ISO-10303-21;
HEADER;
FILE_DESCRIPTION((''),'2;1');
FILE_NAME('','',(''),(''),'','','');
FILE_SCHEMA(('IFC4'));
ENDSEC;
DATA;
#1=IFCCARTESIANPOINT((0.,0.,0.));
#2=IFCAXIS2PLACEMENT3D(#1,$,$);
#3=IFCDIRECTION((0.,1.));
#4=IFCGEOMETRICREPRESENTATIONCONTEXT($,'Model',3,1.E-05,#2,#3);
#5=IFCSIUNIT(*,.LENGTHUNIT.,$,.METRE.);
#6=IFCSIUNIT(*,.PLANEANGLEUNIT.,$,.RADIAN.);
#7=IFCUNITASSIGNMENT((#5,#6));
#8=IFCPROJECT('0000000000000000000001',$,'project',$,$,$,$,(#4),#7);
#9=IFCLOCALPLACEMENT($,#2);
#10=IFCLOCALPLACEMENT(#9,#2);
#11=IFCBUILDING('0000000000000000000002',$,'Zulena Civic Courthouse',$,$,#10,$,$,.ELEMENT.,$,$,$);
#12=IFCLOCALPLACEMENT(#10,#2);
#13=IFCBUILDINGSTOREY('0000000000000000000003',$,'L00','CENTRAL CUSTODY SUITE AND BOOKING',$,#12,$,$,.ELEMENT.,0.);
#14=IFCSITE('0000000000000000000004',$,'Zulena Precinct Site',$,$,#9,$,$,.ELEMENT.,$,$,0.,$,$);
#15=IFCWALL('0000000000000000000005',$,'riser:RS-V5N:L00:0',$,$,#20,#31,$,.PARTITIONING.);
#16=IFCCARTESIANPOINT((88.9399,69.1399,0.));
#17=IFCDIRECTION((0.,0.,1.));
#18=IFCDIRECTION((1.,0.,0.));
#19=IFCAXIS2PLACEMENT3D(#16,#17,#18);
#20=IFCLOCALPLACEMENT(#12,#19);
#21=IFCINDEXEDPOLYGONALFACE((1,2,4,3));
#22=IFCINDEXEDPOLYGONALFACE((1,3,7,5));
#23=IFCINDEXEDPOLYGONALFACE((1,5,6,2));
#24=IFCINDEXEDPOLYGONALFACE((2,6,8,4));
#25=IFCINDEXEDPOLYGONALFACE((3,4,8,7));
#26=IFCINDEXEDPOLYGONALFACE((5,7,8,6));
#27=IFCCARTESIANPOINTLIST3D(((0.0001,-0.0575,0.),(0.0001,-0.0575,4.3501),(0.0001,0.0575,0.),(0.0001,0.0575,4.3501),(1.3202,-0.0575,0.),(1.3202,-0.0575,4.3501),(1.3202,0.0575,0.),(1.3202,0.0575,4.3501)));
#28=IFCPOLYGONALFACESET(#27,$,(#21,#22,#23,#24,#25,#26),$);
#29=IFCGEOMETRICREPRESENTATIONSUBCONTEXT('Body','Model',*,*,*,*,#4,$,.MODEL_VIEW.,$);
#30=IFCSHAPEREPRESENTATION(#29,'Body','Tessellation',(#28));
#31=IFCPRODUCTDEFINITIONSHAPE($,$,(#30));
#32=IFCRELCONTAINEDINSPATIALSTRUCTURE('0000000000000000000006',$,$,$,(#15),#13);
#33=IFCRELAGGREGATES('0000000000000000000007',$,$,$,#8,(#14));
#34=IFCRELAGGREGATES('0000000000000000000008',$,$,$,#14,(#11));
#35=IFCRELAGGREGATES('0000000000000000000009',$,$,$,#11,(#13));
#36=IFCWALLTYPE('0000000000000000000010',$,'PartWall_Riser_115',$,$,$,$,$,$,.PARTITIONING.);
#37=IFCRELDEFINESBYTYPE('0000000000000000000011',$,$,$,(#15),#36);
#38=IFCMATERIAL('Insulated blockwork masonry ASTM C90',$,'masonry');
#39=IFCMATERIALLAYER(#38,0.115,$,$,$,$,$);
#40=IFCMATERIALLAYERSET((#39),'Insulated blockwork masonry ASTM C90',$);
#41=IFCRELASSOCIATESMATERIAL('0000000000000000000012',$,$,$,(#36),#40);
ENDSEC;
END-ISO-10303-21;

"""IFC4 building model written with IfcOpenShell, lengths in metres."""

from ifc_helpers import new_model, si_unit, direction, frame, frame_2d, origin, place, context, subcontext, project, spatial, rectangle, extrude, material, layer, layer_set, type_object, element, save


model = new_model("IFC4")

# Units and contexts
model_context = context("Model", 3, precision=1e-05, world=origin(), true_north=direction((0.0, 1.0)))
body_context = subcontext(model_context, "Body", "Model", "MODEL_VIEW")
ifc_project = project(units=[si_unit("LENGTHUNIT", "METRE"), si_unit("PLANEANGLEUNIT", "RADIAN")], contexts=[model_context])

# Site, building, storey
site_placement = place(None, origin())
site = spatial("IfcSite", under=ifc_project, at=site_placement, Name="Zulena Precinct Site", CompositionType="ELEMENT", RefElevation=0.0)
building_placement = place(site_placement, origin())
building = spatial("IfcBuilding", under=site, at=building_placement, Name="Zulena Civic Courthouse", CompositionType="ELEMENT")
storey_placement = place(building_placement, origin())
storey = spatial("IfcBuildingStorey", under=building, at=storey_placement, Name="L00", Description="CENTRAL CUSTODY SUITE AND BOOKING", CompositionType="ELEMENT", Elevation=0.0)

# Shared definitions
ifc_material_1 = material(Name="Insulated blockwork masonry ASTM C90", Category="masonry")

# Wall
ifc_layer_1 = layer(ifc_material_1, 0.115)
ifc_layer_set_1 = layer_set([ifc_layer_1], Name="Insulated blockwork masonry ASTM C90")
wall_type_1 = type_object("IfcWallType", Name="PartWall_Riser_115", PredefinedType="PARTITIONING", material=ifc_layer_set_1)
for number, where, z_axis, x_axis, name in (
    (1, (88.9399, 69.1399, 0.0), (0.0, 0.0, 1.0), (1.0, 0.0, 0.0), "riser:RS-V5N:L00:0"),
):
    element("IfcWall", number, at=place(storey_placement, frame(where, z_axis=z_axis, x_axis=x_axis)), inside=storey, type_object=wall_type_1, Name=name, PredefinedType="PARTITIONING", context=body_context, shape_type="SweptSolid", body=[
        extrude(rectangle(XDim=1.3201, YDim=0.115, at=frame_2d((0.6602, 0.0))), origin(), (0.0, 0.0, 1.0), 4.3501),
    ])

save(model, "model.ifc")
